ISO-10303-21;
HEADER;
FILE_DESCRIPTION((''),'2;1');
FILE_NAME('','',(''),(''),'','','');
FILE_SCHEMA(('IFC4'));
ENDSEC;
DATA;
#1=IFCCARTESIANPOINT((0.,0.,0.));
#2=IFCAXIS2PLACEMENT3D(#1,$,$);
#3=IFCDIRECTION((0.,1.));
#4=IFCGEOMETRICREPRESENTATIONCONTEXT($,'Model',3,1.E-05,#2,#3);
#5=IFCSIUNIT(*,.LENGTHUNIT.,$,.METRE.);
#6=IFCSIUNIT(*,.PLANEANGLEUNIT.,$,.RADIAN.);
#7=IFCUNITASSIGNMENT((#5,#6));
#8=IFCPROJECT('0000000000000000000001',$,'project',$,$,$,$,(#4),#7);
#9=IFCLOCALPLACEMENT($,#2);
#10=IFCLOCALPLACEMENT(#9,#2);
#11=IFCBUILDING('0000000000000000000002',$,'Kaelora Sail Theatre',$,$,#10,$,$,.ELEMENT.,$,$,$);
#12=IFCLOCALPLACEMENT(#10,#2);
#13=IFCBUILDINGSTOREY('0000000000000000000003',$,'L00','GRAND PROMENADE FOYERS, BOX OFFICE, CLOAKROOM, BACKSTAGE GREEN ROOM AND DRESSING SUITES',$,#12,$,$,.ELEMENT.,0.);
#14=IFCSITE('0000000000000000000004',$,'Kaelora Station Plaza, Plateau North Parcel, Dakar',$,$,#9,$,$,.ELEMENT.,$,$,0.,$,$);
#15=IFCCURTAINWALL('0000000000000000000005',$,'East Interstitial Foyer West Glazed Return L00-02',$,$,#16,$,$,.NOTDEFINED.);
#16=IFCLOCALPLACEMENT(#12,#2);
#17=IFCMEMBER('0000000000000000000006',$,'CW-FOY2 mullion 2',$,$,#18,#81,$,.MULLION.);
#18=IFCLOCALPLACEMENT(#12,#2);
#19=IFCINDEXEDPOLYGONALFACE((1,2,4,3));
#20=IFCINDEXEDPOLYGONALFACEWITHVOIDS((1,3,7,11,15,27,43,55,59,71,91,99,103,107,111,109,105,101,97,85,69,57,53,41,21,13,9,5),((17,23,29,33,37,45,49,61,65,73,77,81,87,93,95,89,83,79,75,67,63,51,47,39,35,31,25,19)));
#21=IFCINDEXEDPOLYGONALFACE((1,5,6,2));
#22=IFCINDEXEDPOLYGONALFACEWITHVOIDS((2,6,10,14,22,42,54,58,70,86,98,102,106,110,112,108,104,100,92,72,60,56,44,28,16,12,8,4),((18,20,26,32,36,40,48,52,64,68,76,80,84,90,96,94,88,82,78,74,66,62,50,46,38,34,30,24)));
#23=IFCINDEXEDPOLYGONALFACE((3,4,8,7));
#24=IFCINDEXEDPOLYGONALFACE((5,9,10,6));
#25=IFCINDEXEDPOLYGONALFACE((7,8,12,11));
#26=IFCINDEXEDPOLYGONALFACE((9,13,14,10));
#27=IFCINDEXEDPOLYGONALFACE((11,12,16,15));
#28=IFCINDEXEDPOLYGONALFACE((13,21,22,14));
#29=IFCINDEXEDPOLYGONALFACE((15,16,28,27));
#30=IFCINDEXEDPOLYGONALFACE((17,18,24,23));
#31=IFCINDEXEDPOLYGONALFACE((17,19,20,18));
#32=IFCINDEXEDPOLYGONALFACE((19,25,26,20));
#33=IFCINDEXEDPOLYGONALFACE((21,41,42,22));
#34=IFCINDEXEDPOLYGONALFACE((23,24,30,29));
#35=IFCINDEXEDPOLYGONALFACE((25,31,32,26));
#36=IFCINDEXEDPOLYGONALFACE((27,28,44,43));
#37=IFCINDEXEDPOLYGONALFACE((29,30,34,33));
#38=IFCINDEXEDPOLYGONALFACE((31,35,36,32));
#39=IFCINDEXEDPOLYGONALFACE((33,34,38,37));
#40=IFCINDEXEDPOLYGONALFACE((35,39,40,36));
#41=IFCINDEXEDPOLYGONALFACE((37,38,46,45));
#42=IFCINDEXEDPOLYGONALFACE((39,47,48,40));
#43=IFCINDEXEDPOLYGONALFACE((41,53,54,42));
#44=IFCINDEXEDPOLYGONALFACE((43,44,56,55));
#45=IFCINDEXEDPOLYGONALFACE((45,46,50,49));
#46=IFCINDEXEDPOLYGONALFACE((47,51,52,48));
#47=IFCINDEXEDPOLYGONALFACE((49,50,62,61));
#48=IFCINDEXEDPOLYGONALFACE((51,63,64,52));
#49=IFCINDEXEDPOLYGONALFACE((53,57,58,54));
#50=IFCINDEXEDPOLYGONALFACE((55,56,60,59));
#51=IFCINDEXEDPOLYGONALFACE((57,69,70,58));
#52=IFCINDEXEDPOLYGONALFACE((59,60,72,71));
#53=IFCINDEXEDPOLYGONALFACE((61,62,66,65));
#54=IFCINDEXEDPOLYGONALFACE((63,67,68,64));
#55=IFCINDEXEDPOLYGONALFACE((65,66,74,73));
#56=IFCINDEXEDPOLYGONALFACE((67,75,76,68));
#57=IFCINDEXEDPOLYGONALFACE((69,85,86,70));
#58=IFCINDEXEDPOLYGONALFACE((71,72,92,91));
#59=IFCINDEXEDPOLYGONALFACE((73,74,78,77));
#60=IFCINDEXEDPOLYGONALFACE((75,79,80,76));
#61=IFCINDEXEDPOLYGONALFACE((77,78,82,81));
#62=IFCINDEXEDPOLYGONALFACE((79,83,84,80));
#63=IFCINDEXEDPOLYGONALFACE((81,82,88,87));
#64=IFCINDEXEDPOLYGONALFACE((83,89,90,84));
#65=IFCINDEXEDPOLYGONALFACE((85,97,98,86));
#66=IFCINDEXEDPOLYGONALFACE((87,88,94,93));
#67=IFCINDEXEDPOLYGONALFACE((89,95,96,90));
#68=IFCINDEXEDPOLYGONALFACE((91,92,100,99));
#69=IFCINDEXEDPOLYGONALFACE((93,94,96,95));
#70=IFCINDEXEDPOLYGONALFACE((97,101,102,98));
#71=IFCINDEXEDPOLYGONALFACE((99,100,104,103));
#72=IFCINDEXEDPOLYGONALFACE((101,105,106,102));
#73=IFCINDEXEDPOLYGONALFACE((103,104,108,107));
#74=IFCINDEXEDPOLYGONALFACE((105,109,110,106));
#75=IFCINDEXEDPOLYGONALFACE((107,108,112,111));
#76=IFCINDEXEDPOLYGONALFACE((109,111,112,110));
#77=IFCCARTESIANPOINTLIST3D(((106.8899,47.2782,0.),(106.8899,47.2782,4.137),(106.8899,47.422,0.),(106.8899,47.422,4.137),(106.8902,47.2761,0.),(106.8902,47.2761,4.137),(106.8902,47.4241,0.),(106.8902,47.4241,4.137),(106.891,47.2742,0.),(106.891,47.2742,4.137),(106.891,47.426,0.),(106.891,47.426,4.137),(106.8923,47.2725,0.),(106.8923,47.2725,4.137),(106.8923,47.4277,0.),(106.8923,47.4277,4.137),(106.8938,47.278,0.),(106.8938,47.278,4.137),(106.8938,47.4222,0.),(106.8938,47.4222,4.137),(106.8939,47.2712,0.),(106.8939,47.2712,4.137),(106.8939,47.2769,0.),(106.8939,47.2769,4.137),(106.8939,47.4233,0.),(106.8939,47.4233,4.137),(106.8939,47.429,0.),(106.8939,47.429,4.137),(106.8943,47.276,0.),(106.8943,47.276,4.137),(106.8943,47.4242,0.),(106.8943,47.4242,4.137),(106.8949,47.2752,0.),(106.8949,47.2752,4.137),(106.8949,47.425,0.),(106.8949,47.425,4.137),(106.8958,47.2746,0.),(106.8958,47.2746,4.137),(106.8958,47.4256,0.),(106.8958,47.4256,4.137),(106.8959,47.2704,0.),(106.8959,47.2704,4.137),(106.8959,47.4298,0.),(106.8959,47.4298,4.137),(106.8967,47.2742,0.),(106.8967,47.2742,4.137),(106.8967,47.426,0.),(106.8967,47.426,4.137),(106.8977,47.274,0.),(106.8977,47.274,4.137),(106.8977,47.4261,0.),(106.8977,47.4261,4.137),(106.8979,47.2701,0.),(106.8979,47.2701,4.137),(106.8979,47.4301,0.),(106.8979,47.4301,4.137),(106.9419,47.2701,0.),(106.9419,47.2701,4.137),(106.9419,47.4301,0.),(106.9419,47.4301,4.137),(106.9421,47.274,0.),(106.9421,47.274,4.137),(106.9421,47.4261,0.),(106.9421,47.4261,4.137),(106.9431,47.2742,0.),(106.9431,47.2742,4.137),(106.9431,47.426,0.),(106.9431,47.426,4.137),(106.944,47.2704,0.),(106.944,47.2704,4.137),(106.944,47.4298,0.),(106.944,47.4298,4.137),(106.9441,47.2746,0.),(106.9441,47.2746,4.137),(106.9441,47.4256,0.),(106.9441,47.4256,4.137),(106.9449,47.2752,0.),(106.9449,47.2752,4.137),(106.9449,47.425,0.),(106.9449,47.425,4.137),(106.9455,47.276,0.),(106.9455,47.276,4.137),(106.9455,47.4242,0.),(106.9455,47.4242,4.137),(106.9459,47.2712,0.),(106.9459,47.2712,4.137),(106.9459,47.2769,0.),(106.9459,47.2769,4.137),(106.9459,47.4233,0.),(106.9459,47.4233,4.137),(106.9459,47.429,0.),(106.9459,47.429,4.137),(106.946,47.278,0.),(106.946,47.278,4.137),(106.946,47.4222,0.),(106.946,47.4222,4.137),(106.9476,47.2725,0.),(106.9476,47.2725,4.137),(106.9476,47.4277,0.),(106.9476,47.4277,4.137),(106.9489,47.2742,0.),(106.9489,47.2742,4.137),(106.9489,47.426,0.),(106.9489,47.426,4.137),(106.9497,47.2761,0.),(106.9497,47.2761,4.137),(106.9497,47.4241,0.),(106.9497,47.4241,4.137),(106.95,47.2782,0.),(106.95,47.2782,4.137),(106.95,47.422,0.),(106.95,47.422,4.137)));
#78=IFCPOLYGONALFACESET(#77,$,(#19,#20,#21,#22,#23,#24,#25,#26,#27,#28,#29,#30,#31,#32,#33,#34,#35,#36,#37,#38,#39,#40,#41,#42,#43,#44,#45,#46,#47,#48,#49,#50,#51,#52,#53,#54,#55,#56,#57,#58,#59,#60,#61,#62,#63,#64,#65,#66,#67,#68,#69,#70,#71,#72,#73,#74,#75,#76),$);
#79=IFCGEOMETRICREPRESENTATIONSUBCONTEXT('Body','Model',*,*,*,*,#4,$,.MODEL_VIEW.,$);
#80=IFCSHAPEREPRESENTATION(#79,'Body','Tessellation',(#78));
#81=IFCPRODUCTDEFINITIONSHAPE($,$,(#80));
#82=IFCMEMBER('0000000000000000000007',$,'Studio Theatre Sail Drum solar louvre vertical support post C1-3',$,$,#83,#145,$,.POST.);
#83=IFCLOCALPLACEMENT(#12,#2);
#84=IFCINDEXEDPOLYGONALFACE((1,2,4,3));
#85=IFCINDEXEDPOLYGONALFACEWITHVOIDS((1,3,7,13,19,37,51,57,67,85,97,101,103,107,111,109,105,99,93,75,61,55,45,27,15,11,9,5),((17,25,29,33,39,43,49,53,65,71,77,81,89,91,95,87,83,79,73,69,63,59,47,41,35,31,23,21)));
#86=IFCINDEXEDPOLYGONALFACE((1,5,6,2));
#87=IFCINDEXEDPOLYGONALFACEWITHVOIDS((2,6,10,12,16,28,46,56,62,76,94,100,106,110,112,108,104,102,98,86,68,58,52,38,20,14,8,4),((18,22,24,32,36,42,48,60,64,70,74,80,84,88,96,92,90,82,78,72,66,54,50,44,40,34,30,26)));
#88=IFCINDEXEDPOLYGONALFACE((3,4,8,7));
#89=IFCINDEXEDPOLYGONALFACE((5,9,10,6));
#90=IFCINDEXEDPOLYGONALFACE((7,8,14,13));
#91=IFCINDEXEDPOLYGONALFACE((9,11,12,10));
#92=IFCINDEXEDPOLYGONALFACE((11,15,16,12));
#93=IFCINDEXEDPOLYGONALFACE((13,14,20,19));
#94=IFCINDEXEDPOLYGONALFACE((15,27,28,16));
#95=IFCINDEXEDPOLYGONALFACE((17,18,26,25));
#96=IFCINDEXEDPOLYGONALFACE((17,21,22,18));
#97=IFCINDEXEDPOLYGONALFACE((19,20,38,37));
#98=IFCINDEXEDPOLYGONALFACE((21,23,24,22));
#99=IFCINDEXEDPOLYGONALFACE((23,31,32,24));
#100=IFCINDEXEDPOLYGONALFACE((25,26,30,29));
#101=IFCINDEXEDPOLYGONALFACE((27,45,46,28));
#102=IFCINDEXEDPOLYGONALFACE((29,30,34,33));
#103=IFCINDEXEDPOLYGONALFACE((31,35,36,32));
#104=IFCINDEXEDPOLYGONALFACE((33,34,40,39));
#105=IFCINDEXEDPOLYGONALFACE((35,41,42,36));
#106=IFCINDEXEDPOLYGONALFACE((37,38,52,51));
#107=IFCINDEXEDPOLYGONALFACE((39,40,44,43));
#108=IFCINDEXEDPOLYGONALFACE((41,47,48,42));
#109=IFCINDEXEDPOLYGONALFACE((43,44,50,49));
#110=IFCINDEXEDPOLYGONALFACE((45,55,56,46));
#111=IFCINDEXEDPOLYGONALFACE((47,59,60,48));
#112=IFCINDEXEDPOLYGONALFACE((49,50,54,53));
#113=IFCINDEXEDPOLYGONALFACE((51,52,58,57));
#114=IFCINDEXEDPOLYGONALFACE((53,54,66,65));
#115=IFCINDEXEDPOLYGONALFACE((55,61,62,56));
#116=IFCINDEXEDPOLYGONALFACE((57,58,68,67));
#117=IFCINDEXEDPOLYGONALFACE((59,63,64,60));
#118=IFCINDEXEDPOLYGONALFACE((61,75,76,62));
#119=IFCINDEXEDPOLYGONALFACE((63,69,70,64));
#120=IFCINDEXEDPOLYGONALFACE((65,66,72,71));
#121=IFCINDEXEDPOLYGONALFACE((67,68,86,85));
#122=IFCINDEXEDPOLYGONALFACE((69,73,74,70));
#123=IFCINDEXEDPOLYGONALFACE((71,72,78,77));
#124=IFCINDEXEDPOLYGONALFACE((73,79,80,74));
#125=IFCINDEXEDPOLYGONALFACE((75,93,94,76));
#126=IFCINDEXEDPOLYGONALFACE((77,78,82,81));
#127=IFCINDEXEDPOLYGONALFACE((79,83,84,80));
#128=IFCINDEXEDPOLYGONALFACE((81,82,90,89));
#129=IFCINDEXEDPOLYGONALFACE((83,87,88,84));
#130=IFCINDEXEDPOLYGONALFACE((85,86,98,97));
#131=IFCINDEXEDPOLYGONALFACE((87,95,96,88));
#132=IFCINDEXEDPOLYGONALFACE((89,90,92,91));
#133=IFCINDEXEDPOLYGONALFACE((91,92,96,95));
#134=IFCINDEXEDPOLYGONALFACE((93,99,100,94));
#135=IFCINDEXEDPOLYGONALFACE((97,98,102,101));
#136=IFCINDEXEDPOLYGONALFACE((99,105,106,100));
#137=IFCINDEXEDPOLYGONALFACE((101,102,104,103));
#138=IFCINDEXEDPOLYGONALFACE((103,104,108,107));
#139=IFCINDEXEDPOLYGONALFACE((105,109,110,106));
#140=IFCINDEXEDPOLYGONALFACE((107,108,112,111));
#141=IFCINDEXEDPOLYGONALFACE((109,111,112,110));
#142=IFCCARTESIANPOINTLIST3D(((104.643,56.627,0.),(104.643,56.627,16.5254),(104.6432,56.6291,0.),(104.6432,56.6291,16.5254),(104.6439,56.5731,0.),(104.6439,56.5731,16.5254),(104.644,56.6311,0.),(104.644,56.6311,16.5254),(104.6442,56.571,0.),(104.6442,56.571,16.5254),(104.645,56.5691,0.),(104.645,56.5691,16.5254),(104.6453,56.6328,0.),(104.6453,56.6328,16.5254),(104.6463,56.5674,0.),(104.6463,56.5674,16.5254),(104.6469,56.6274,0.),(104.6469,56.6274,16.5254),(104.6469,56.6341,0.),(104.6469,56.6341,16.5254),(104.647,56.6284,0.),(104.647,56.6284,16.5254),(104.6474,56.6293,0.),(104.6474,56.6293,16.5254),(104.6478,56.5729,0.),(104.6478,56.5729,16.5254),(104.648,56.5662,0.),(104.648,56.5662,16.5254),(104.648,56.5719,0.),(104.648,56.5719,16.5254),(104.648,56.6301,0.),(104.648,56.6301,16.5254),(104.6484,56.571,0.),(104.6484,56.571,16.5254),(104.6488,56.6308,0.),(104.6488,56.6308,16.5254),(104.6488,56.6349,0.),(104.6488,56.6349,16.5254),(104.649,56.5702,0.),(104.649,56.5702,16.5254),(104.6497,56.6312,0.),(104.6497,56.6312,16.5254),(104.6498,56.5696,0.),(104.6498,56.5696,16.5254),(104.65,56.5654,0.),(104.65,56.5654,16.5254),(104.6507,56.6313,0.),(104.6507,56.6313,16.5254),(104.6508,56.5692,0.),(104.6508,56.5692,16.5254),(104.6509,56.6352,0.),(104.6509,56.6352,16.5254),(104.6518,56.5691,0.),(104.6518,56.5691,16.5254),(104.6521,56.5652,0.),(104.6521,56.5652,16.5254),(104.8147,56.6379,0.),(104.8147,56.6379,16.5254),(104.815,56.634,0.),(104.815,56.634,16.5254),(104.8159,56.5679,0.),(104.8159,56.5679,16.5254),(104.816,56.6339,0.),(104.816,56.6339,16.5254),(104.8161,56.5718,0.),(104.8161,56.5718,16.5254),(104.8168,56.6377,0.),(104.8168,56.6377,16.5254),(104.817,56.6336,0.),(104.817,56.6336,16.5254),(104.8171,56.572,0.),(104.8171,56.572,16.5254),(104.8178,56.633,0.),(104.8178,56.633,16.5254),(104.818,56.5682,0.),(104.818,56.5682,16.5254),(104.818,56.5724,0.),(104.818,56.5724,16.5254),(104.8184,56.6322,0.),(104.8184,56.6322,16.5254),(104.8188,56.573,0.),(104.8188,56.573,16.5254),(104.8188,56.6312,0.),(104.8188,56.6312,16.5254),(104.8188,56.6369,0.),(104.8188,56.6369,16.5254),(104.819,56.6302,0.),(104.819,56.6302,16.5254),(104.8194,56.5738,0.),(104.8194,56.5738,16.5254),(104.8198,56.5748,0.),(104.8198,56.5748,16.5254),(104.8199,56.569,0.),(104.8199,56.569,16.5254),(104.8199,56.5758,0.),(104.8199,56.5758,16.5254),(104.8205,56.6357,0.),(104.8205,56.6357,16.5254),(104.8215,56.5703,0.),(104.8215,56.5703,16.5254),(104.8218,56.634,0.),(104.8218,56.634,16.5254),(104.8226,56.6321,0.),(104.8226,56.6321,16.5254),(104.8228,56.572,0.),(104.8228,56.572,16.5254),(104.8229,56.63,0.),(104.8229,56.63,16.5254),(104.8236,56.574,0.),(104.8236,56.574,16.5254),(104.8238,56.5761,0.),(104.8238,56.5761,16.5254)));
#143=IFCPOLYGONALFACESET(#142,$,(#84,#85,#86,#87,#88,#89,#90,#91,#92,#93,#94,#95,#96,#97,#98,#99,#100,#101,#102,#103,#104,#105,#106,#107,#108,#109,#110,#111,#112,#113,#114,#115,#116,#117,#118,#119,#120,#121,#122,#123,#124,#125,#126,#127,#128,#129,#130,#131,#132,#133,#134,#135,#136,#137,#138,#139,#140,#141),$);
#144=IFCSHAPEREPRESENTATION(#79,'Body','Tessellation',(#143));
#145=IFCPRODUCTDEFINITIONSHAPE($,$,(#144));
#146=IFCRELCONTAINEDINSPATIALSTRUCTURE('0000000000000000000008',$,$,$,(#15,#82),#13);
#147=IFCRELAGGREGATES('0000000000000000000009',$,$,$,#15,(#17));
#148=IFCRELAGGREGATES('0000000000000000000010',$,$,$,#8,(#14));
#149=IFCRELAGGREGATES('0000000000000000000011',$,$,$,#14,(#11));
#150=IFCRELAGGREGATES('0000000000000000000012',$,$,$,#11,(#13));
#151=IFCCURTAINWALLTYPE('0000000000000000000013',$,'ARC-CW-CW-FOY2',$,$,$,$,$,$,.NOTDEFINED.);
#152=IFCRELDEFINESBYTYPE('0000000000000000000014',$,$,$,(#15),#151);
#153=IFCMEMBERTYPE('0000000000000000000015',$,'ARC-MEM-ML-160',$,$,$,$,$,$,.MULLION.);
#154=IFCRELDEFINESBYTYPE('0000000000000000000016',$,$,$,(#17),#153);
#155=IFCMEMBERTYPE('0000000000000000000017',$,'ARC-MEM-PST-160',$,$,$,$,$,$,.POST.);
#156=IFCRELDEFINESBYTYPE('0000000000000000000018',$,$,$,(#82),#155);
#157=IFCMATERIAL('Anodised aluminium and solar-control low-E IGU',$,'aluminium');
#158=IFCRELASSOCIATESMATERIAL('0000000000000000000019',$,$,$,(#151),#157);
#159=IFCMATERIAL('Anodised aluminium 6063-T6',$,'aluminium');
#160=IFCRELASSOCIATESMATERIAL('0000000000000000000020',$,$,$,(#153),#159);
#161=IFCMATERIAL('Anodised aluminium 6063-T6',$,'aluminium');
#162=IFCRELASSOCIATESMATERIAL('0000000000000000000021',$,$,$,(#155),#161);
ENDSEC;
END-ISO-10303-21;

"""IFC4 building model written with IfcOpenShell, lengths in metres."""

from ifc_helpers import new_model, si_unit, direction, frame, origin, origin_2d, place, context, subcontext, project, spatial, hollow_rectangle, extrude, material, material_profile, profile_set, type_object, element, aggregate, save


model = new_model("IFC4")

# Units and contexts
model_context = context("Model", 3, precision=1e-05, world=origin(), true_north=direction((0.0, 1.0)))
body_context = subcontext(model_context, "Body", "Model", "MODEL_VIEW")
ifc_project = project(units=[si_unit("LENGTHUNIT", "METRE"), si_unit("PLANEANGLEUNIT", "RADIAN")], contexts=[model_context])

# Site, building, storey
site_placement = place(None, origin())
site = spatial("IfcSite", under=ifc_project, at=site_placement, Name="Kaelora Station Plaza, Plateau North Parcel, Dakar", CompositionType="ELEMENT", RefElevation=0.0)
building_placement = place(site_placement, origin())
building = spatial("IfcBuilding", under=site, at=building_placement, Name="Kaelora Sail Theatre", CompositionType="ELEMENT")
storey_placement = place(building_placement, origin())
storey = spatial("IfcBuildingStorey", under=building, at=storey_placement, Name="L00", Description="GRAND PROMENADE FOYERS, BOX OFFICE, CLOAKROOM, BACKSTAGE GREEN ROOM AND DRESSING SUITES", CompositionType="ELEMENT", Elevation=0.0)

# Curtain wall, member
ifc_material_1 = material(Name="Anodised aluminium and solar-control low-E IGU", Category="aluminium")
curtain_wall_type = type_object("IfcCurtainWallType", Name="ARC-CW-CW-FOY2", PredefinedType="NOTDEFINED", material=ifc_material_1)
curtain_wall_placement = place(storey_placement, origin())
curtain_wall = element("IfcCurtainWall", 1, at=curtain_wall_placement, inside=storey, type_object=curtain_wall_type, Name="East Interstitial Foyer West Glazed Return L00-02", PredefinedType="NOTDEFINED")
ifc_material_2 = material(Name="Anodised aluminium 6063-T6", Category="aluminium")
ifc_material_profile_1 = material_profile(ifc_material_2, hollow_rectangle(XDim=0.0601, YDim=0.1599, WallThickness=0.0039, InnerFilletRadius=0.0039, OuterFilletRadius=0.0081, at=origin_2d()), Name="ALU-MULL 60x160x4")
ifc_profile_set_1 = profile_set([ifc_material_profile_1], Name="Anodised aluminium 6063-T6")
member_type_1 = type_object("IfcMemberType", Name="ARC-MEM-ML-160", PredefinedType="MULLION", material=ifc_profile_set_1)
member_1_placement = place(storey_placement, frame((106.9199, 47.3501, 0.0), z_axis=(0.0, 0.0, 1.0), x_axis=(-1.0, 0.0, 0.0)))
member_1 = element("IfcMember", 2, at=member_1_placement, type_object=member_type_1, Name="CW-FOY2 mullion 2", PredefinedType="MULLION", context=body_context, shape_type="SweptSolid", body=[
    extrude(hollow_rectangle(XDim=0.0601, YDim=0.1599, WallThickness=0.0039, InnerFilletRadius=0.0039, OuterFilletRadius=0.0081, at=origin_2d()), origin(), (0.0, 0.0, 1.0), 4.137),
])

# Member
ifc_material_3 = material(Name="Anodised aluminium 6063-T6", Category="aluminium")
ifc_material_profile_2 = material_profile(ifc_material_3, hollow_rectangle(XDim=0.0701, YDim=0.1799, WallThickness=0.0039, InnerFilletRadius=0.0039, OuterFilletRadius=0.0081, at=origin_2d()), Name="ALU-MULL 70x180x4")
ifc_profile_set_2 = profile_set([ifc_material_profile_2], Name="Anodised aluminium 6063-T6")
member_type_2 = type_object("IfcMemberType", Name="ARC-MEM-PST-160", PredefinedType="POST", material=ifc_profile_set_2)
member_2_placement = place(storey_placement, frame((104.7334, 56.6016, 0.0), z_axis=(0.0, 0.0, 1.0), x_axis=(0.01658, -0.999863, 0.0)))
element("IfcMember", 3, at=member_2_placement, inside=storey, type_object=member_type_2, Name="Studio Theatre Sail Drum solar louvre vertical support post C1-3", PredefinedType="POST", context=body_context, shape_type="SweptSolid", body=[
    extrude(hollow_rectangle(XDim=0.0701, YDim=0.1799, WallThickness=0.0039, InnerFilletRadius=0.0039, OuterFilletRadius=0.0081, at=origin_2d()), origin(), (0.0, 0.0, 1.0), 16.5254),
])

aggregate(curtain_wall, [member_1])

save(model, "model.ifc")
